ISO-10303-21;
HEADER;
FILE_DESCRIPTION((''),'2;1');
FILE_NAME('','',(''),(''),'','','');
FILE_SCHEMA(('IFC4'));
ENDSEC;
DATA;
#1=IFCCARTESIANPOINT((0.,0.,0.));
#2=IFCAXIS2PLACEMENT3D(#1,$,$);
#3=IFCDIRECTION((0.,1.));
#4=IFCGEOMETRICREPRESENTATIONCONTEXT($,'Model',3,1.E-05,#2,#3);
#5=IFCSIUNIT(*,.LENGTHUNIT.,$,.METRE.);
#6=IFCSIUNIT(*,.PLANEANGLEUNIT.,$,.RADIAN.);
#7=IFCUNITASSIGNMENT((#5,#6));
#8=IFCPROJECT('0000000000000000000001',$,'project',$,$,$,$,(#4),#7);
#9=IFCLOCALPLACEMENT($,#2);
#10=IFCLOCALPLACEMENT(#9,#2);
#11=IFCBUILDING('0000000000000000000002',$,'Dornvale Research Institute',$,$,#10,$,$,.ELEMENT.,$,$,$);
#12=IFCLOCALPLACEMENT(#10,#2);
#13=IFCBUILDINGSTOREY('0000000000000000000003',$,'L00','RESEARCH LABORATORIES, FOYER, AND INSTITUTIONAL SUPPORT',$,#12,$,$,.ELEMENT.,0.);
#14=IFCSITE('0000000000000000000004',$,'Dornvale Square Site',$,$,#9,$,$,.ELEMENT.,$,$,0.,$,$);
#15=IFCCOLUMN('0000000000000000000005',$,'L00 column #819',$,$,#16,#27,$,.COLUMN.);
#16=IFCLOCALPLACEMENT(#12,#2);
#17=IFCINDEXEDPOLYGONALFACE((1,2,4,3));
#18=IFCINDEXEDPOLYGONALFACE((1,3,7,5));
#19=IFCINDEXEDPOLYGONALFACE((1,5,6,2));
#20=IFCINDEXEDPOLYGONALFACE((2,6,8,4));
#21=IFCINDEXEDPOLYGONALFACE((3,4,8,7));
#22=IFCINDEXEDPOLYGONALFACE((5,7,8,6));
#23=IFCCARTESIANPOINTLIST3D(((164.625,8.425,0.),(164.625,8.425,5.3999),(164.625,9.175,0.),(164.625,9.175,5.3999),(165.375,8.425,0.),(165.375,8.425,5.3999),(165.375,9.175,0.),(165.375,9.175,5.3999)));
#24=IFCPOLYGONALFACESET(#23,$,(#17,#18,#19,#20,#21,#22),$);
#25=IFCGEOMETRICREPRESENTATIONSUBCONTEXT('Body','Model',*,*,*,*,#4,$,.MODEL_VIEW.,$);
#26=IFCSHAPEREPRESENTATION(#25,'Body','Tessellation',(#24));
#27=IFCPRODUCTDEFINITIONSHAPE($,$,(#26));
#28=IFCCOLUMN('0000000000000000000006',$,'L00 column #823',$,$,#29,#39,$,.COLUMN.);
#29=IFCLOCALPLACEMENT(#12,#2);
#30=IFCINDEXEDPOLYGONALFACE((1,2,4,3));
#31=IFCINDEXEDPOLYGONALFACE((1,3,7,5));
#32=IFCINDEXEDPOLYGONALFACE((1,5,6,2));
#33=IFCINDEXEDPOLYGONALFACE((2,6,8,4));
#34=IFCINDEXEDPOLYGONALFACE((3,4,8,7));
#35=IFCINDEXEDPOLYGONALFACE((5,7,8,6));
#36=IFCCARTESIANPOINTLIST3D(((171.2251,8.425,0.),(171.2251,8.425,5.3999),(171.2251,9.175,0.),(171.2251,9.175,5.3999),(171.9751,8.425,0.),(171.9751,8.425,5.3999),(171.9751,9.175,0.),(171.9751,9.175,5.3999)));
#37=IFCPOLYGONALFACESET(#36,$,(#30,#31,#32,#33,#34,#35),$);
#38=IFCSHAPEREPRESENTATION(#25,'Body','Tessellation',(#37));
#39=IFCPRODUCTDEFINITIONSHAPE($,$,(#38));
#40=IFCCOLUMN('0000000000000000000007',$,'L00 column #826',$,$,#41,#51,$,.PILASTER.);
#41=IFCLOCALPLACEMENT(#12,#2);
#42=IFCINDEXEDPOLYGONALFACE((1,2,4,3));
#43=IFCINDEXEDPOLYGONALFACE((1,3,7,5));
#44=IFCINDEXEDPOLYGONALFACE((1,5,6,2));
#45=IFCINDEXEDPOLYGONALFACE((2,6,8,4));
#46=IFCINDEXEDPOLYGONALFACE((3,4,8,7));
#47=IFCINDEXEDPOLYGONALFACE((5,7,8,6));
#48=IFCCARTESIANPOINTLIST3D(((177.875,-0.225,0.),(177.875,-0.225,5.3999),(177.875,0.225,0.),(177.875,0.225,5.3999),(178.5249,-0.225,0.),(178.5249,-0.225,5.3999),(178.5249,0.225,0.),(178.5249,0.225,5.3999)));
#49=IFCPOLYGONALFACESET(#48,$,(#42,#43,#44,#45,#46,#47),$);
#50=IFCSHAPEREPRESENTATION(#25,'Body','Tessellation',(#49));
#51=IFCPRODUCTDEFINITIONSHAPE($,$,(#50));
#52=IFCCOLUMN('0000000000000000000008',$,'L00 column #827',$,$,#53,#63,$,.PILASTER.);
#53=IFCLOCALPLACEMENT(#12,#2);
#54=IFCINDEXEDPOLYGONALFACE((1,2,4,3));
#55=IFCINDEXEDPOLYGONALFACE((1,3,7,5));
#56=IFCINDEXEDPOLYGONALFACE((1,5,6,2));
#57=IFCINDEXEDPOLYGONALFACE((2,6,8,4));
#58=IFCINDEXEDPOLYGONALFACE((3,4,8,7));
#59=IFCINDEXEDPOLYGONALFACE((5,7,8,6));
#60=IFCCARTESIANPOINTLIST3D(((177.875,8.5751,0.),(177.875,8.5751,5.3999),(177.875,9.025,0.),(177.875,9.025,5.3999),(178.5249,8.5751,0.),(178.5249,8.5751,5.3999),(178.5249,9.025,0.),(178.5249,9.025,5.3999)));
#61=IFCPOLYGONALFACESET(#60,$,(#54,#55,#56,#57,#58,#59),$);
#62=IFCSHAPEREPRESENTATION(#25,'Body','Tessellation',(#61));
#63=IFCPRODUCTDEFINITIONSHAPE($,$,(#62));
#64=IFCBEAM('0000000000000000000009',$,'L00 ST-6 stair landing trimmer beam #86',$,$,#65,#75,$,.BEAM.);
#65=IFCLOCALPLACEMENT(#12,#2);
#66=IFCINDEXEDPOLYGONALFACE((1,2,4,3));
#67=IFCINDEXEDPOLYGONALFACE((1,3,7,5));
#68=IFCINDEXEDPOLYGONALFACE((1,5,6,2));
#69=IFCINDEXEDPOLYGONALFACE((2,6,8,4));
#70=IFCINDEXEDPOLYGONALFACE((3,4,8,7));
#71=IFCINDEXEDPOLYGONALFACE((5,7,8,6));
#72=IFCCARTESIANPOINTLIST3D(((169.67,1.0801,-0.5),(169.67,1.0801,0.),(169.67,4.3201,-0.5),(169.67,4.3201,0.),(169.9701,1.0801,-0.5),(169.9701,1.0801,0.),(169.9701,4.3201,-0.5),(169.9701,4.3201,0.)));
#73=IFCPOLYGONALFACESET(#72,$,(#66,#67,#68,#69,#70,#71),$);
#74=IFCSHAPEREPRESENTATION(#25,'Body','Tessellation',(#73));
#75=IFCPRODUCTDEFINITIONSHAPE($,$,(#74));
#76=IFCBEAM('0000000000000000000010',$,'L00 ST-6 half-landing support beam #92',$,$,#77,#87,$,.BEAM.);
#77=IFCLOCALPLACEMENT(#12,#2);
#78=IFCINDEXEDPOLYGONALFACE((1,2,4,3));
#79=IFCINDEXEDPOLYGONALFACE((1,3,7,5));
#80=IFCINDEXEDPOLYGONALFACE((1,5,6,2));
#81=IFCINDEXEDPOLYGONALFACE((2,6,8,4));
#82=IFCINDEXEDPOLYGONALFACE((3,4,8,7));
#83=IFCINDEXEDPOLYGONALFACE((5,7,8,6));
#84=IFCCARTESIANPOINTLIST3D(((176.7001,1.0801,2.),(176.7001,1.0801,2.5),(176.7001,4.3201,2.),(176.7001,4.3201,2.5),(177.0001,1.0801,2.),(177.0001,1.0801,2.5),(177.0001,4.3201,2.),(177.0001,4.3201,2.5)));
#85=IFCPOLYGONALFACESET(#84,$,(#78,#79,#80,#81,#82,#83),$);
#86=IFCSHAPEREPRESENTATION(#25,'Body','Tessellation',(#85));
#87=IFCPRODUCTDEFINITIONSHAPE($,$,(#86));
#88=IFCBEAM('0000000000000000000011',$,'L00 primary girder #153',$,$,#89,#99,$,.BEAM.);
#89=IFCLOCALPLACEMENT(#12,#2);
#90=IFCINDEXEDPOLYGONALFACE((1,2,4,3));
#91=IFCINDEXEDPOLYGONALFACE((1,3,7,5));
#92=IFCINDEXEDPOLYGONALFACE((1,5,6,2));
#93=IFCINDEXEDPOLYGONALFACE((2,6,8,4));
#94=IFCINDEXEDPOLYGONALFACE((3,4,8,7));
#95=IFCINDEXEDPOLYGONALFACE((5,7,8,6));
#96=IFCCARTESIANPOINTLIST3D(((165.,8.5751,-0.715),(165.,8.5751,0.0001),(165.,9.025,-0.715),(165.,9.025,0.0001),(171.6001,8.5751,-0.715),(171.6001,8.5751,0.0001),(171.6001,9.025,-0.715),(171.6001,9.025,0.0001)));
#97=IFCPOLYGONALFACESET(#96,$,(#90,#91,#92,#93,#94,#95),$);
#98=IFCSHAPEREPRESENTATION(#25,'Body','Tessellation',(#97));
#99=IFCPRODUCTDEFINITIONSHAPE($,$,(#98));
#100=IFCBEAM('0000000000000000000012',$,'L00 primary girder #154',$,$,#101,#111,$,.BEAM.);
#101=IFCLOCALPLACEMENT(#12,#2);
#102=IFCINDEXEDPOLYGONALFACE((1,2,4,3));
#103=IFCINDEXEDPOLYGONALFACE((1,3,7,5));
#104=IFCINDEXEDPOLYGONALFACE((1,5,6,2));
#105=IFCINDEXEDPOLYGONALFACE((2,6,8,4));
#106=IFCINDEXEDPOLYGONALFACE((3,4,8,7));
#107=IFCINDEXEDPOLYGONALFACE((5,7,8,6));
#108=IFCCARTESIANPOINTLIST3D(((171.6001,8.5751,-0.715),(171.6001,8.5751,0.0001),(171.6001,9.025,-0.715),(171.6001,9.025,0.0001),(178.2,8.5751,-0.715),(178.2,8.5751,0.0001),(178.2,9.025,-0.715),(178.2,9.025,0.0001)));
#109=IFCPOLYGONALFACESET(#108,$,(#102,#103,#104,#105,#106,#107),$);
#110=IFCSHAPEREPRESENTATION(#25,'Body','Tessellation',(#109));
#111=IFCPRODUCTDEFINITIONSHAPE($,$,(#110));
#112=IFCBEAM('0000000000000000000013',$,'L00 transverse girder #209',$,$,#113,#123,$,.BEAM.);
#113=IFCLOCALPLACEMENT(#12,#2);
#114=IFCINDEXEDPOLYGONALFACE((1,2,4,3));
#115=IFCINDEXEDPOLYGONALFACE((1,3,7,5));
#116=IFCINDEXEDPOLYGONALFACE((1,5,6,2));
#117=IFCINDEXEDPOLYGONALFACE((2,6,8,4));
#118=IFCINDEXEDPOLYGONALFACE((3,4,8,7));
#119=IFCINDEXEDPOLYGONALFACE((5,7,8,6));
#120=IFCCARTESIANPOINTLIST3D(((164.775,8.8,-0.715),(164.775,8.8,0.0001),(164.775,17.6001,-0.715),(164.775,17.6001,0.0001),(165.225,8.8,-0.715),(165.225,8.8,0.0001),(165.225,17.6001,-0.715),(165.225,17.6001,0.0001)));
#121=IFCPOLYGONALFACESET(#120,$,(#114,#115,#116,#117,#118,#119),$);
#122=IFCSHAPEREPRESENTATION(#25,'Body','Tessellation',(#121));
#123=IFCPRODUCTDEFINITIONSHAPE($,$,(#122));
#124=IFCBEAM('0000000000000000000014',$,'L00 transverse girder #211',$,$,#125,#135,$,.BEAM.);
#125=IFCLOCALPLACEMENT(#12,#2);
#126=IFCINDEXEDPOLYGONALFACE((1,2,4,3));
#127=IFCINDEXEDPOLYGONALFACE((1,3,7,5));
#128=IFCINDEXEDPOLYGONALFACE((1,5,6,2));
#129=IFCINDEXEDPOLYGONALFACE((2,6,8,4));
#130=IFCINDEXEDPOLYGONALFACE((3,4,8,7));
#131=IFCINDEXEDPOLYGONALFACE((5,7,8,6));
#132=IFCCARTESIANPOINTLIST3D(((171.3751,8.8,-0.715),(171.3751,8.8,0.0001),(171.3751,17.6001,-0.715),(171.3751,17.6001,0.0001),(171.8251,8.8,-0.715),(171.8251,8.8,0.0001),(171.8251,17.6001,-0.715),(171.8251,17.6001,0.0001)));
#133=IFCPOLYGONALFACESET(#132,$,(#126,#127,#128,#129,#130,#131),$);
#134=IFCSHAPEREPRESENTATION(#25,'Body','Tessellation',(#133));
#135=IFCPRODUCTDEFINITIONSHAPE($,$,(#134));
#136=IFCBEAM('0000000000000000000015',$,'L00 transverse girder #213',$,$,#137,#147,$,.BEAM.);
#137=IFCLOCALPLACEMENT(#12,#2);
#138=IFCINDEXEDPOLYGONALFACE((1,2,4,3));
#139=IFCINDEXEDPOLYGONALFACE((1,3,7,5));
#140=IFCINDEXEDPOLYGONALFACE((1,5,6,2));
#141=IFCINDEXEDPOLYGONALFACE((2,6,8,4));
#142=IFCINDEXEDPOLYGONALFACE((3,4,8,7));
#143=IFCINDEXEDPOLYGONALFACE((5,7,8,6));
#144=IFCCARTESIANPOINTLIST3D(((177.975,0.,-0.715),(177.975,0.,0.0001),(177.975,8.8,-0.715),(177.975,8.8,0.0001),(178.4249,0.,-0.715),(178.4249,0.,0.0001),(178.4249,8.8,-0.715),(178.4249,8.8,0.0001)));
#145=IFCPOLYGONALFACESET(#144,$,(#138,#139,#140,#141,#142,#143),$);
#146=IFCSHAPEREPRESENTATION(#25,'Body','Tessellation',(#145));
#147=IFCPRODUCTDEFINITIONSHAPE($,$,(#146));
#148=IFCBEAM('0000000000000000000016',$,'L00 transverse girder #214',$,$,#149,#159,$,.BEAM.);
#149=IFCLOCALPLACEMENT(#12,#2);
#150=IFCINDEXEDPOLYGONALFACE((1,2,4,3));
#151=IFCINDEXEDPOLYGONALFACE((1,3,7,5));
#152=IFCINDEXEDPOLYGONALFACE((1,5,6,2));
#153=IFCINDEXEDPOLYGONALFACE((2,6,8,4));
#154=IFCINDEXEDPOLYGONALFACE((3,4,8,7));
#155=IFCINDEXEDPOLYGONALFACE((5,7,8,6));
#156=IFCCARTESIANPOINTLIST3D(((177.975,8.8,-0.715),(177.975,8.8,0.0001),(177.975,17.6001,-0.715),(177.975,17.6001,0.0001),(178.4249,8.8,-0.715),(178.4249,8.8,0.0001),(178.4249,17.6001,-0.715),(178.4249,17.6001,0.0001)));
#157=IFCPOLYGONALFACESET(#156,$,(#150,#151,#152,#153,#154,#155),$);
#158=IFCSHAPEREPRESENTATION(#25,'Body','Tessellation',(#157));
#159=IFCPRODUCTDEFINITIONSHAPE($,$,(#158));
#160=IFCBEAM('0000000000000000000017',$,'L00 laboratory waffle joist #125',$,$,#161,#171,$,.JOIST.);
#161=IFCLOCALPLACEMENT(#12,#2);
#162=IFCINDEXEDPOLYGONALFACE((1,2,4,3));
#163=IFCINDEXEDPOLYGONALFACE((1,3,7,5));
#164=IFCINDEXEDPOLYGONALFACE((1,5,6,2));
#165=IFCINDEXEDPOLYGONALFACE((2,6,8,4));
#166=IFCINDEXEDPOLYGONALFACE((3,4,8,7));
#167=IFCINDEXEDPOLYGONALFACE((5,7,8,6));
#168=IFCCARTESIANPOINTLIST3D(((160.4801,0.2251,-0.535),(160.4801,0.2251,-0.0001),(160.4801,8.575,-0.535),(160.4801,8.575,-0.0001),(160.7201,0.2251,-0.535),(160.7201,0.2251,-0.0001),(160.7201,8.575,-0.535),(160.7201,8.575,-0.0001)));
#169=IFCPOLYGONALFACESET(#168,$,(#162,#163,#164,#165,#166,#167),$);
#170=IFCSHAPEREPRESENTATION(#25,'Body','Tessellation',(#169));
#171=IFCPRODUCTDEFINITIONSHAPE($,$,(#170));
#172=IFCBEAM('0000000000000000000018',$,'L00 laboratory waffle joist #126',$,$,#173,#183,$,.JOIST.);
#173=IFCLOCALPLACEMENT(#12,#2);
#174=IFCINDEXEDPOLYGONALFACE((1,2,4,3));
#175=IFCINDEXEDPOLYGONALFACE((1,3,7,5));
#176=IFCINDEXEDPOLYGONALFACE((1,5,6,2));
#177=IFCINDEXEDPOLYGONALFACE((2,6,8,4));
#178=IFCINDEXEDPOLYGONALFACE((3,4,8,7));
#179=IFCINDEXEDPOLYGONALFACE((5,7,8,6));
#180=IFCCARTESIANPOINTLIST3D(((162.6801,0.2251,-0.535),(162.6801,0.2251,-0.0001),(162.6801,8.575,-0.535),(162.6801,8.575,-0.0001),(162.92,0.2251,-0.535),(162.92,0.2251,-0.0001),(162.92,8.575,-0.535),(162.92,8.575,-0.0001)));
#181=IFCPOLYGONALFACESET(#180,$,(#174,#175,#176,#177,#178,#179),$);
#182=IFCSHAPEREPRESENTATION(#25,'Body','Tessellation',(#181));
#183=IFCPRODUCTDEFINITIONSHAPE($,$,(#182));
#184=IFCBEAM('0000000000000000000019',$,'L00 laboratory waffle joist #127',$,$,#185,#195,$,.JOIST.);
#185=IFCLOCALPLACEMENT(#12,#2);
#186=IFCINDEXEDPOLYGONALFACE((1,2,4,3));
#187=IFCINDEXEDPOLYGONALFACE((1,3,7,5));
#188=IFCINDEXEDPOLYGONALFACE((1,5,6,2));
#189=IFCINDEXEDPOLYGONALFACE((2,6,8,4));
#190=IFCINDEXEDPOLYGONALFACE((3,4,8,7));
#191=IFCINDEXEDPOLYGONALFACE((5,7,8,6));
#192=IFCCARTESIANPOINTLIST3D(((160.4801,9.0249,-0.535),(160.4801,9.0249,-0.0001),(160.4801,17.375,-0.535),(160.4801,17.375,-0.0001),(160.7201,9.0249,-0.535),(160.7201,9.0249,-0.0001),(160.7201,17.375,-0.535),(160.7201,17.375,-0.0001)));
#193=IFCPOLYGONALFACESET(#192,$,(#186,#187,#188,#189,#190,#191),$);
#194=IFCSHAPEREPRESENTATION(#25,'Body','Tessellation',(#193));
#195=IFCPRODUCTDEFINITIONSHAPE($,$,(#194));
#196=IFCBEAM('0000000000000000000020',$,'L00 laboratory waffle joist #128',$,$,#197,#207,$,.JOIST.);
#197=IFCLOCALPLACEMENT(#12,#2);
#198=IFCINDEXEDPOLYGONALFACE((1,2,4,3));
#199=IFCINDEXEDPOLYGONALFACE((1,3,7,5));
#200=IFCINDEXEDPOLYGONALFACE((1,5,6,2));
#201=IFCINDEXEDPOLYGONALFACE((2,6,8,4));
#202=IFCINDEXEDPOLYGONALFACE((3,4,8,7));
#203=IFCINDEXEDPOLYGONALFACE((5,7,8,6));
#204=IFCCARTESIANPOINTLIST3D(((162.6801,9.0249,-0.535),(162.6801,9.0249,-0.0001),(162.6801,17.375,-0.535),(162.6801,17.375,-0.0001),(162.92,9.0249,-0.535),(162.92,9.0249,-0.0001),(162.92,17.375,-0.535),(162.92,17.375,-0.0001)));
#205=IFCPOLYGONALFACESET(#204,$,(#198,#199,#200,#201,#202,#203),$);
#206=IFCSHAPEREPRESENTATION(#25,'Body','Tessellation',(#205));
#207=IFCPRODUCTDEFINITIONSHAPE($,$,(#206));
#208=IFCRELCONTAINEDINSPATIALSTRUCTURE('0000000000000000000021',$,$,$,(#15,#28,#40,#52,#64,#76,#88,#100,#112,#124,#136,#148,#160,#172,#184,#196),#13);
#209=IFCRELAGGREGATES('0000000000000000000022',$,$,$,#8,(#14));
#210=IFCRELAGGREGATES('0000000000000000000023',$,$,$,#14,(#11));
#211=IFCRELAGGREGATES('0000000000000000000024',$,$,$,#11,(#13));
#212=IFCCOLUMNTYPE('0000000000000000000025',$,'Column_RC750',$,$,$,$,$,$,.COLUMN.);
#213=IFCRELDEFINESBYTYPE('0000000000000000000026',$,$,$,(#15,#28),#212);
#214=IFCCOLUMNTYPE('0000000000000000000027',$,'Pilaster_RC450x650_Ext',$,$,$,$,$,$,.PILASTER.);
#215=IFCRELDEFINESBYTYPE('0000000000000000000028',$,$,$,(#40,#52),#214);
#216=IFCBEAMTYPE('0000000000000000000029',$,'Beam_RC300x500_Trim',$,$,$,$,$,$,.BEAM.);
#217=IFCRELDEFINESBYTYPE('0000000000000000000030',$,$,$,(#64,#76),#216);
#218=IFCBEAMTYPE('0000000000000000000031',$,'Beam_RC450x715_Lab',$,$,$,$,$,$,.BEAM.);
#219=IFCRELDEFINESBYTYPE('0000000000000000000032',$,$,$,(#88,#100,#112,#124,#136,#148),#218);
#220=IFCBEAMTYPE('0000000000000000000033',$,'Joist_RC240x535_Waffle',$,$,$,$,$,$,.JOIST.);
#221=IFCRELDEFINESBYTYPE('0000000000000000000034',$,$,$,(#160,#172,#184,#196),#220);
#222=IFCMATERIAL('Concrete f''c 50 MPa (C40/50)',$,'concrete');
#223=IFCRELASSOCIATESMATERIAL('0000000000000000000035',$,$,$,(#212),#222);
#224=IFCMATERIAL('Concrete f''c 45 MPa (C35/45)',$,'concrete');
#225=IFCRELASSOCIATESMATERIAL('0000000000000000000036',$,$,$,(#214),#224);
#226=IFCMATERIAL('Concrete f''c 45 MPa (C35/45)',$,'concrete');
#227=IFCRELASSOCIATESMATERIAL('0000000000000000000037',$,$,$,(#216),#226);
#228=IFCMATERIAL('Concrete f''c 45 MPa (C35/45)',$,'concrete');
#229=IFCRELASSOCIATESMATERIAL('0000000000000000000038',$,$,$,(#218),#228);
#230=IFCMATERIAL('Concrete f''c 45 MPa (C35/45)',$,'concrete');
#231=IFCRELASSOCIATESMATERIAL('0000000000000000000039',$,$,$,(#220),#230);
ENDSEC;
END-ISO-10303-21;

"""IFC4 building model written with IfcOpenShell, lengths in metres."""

from ifc_helpers import new_model, si_unit, direction, frame, origin, origin_2d, place, context, subcontext, project, spatial, rectangle, extrude, material, material_profile, profile_set, type_object, element, save


model = new_model("IFC4")

# Units and contexts
model_context = context("Model", 3, precision=1e-05, world=origin(), true_north=direction((0.0, 1.0)))
body_context = subcontext(model_context, "Body", "Model", "MODEL_VIEW")
ifc_project = project(units=[si_unit("LENGTHUNIT", "METRE"), si_unit("PLANEANGLEUNIT", "RADIAN")], contexts=[model_context])

# Site, building, storey
site_placement = place(None, origin())
site = spatial("IfcSite", under=ifc_project, at=site_placement, Name="Dornvale Square Site", CompositionType="ELEMENT", RefElevation=0.0)
building_placement = place(site_placement, origin())
building = spatial("IfcBuilding", under=site, at=building_placement, Name="Dornvale Research Institute", CompositionType="ELEMENT")
storey_placement = place(building_placement, origin())
storey = spatial("IfcBuildingStorey", under=building, at=storey_placement, Name="L00", Description="RESEARCH LABORATORIES, FOYER, AND INSTITUTIONAL SUPPORT", CompositionType="ELEMENT", Elevation=0.0)

# Columns
ifc_material_1 = material(Name="Concrete f'c 50 MPa (C40/50)", Category="concrete")
ifc_material_profile_1 = material_profile(ifc_material_1, rectangle(XDim=0.75, YDim=0.75, at=origin_2d()), Name="RC 750x750")
ifc_profile_set_1 = profile_set([ifc_material_profile_1], Name="Concrete f'c 50 MPa (C40/50)")
column_type_1 = type_object("IfcColumnType", Name="Column_RC750", PredefinedType="COLUMN", material=ifc_profile_set_1)
for number, where, z_axis, x_axis, name in (
    (1, (165.0, 8.8, 0.0), (0.0, 0.0, 1.0), (1.0, 0.0, 0.0), "L00 column #819"),
    (2, (171.6001, 8.8, 0.0), (0.0, 0.0, 1.0), (1.0, 0.0, 0.0), "L00 column #823"),
):
    element("IfcColumn", number, at=place(storey_placement, frame(where, z_axis=z_axis, x_axis=x_axis)), inside=storey, type_object=column_type_1, Name=name, PredefinedType="COLUMN", context=body_context, shape_type="SweptSolid", body=[
        extrude(rectangle(XDim=0.75, YDim=0.75, at=origin_2d()), origin(), (0.0, 0.0, 1.0), 5.3999),
    ])
ifc_material_2 = material(Name="Concrete f'c 45 MPa (C35/45)", Category="concrete")
ifc_material_profile_2 = material_profile(ifc_material_2, rectangle(XDim=0.45, YDim=0.6499, at=origin_2d()), Name="RC 450x650")
ifc_profile_set_2 = profile_set([ifc_material_profile_2], Name="Concrete f'c 45 MPa (C35/45)")
column_type_2 = type_object("IfcColumnType", Name="Pilaster_RC450x650_Ext", PredefinedType="PILASTER", material=ifc_profile_set_2)
for number, where, z_axis, x_axis, name in (
    (3, (178.2, 0.0, 0.0), (0.0, 0.0, 1.0), (0.0, 1.0, 0.0), "L00 column #826"),
    (4, (178.2, 8.8, 0.0), (0.0, 0.0, 1.0), (0.0, 1.0, 0.0), "L00 column #827"),
):
    element("IfcColumn", number, at=place(storey_placement, frame(where, z_axis=z_axis, x_axis=x_axis)), inside=storey, type_object=column_type_2, Name=name, PredefinedType="PILASTER", context=body_context, shape_type="SweptSolid", body=[
        extrude(rectangle(XDim=0.45, YDim=0.6499, at=origin_2d()), origin(), (0.0, 0.0, 1.0), 5.3999),
    ])

# Beams
ifc_material_3 = material(Name="Concrete f'c 45 MPa (C35/45)", Category="concrete")
ifc_material_profile_3 = material_profile(ifc_material_3, rectangle(XDim=0.3, YDim=0.5, at=origin_2d()), Name="RC 300x500")
ifc_profile_set_3 = profile_set([ifc_material_profile_3], Name="Concrete f'c 45 MPa (C35/45)")
beam_type_1 = type_object("IfcBeamType", Name="Beam_RC300x500_Trim", PredefinedType="BEAM", material=ifc_profile_set_3)
for number, where, z_axis, x_axis, name in (
    (5, (169.8201, 1.0801, -0.25), (0.0, 1.0, 0.0), (-1.0, 0.0, 0.0), "L00 ST-6 stair landing trimmer beam #86"),
    (6, (176.8501, 1.0801, 2.25), (0.0, 1.0, 0.0), (-1.0, 0.0, 0.0), "L00 ST-6 half-landing support beam #92"),
):
    element("IfcBeam", number, at=place(storey_placement, frame(where, z_axis=z_axis, x_axis=x_axis)), inside=storey, type_object=beam_type_1, Name=name, PredefinedType="BEAM", context=body_context, shape_type="SweptSolid", body=[
        extrude(rectangle(XDim=0.3, YDim=0.5, at=origin_2d()), origin(), (0.0, 0.0, 1.0), 3.24),
    ])
ifc_material_4 = material(Name="Concrete f'c 45 MPa (C35/45)", Category="concrete")
ifc_material_profile_4 = material_profile(ifc_material_4, rectangle(XDim=0.45, YDim=0.7151, at=origin_2d()), Name="RC 450x715")
ifc_profile_set_4 = profile_set([ifc_material_profile_4], Name="Concrete f'c 45 MPa (C35/45)")
beam_type_2 = type_object("IfcBeamType", Name="Beam_RC450x715_Lab", PredefinedType="BEAM", material=ifc_profile_set_4)
beam_1_placement = place(storey_placement, frame((165.0, 8.8, -0.3574), z_axis=(1.0, 0.0, 0.0), x_axis=(0.0, 1.0, 0.0)))
element("IfcBeam", 7, at=beam_1_placement, inside=storey, type_object=beam_type_2, Name="L00 primary girder #153", PredefinedType="BEAM", context=body_context, shape_type="SweptSolid", body=[
    extrude(rectangle(XDim=0.45, YDim=0.7151, at=origin_2d()), origin(), (0.0, 0.0, 1.0), 6.6001),
])
beam_2_placement = place(storey_placement, frame((171.6001, 8.8, -0.3574), z_axis=(1.0, 0.0, 0.0), x_axis=(0.0, 1.0, 0.0)))
element("IfcBeam", 8, at=beam_2_placement, inside=storey, type_object=beam_type_2, Name="L00 primary girder #154", PredefinedType="BEAM", context=body_context, shape_type="SweptSolid", body=[
    extrude(rectangle(XDim=0.45, YDim=0.7151, at=origin_2d()), origin(), (0.0, 0.0, 1.0), 6.5999),
])
for number, where, z_axis, x_axis, name in (
    (9, (165.0, 8.8, -0.3574), (0.0, 1.0, 0.0), (-1.0, 0.0, 0.0), "L00 transverse girder #209"),
    (10, (171.6001, 8.8, -0.3574), (0.0, 1.0, 0.0), (-1.0, 0.0, 0.0), "L00 transverse girder #211"),
    (11, (178.2, 0.0, -0.3574), (0.0, 1.0, 0.0), (-1.0, 0.0, 0.0), "L00 transverse girder #213"),
    (12, (178.2, 8.8, -0.3574), (0.0, 1.0, 0.0), (-1.0, 0.0, 0.0), "L00 transverse girder #214"),
):
    element("IfcBeam", number, at=place(storey_placement, frame(where, z_axis=z_axis, x_axis=x_axis)), inside=storey, type_object=beam_type_2, Name=name, PredefinedType="BEAM", context=body_context, shape_type="SweptSolid", body=[
        extrude(rectangle(XDim=0.45, YDim=0.7151, at=origin_2d()), origin(), (0.0, 0.0, 1.0), 8.8),
    ])
ifc_material_5 = material(Name="Concrete f'c 45 MPa (C35/45)", Category="concrete")
ifc_material_profile_5 = material_profile(ifc_material_5, rectangle(XDim=0.24, YDim=0.5349, at=origin_2d()), Name="RC 240x535")
ifc_profile_set_5 = profile_set([ifc_material_profile_5], Name="Concrete f'c 45 MPa (C35/45)")
beam_type_3 = type_object("IfcBeamType", Name="Joist_RC240x535_Waffle", PredefinedType="JOIST", material=ifc_profile_set_5)
for number, where, z_axis, x_axis, name in (
    (13, (160.6001, 0.2251, -0.2676), (0.0, 1.0, 0.0), (-1.0, 0.0, 0.0), "L00 laboratory waffle joist #125"),
    (14, (162.8, 0.2251, -0.2676), (0.0, 1.0, 0.0), (-1.0, 0.0, 0.0), "L00 laboratory waffle joist #126"),
):
    element("IfcBeam", number, at=place(storey_placement, frame(where, z_axis=z_axis, x_axis=x_axis)), inside=storey, type_object=beam_type_3, Name=name, PredefinedType="JOIST", context=body_context, shape_type="SweptSolid", body=[
        extrude(rectangle(XDim=0.24, YDim=0.5349, at=origin_2d()), origin(), (0.0, 0.0, 1.0), 8.3499),
    ])
for number, where, z_axis, x_axis, name in (
    (15, (160.6001, 9.0249, -0.2676), (0.0, 1.0, 0.0), (-1.0, 0.0, 0.0), "L00 laboratory waffle joist #127"),
    (16, (162.8, 9.0249, -0.2676), (0.0, 1.0, 0.0), (-1.0, 0.0, 0.0), "L00 laboratory waffle joist #128"),
):
    element("IfcBeam", number, at=place(storey_placement, frame(where, z_axis=z_axis, x_axis=x_axis)), inside=storey, type_object=beam_type_3, Name=name, PredefinedType="JOIST", context=body_context, shape_type="SweptSolid", body=[
        extrude(rectangle(XDim=0.24, YDim=0.5349, at=origin_2d()), origin(), (0.0, 0.0, 1.0), 8.3501),
    ])

save(model, "model.ifc")
